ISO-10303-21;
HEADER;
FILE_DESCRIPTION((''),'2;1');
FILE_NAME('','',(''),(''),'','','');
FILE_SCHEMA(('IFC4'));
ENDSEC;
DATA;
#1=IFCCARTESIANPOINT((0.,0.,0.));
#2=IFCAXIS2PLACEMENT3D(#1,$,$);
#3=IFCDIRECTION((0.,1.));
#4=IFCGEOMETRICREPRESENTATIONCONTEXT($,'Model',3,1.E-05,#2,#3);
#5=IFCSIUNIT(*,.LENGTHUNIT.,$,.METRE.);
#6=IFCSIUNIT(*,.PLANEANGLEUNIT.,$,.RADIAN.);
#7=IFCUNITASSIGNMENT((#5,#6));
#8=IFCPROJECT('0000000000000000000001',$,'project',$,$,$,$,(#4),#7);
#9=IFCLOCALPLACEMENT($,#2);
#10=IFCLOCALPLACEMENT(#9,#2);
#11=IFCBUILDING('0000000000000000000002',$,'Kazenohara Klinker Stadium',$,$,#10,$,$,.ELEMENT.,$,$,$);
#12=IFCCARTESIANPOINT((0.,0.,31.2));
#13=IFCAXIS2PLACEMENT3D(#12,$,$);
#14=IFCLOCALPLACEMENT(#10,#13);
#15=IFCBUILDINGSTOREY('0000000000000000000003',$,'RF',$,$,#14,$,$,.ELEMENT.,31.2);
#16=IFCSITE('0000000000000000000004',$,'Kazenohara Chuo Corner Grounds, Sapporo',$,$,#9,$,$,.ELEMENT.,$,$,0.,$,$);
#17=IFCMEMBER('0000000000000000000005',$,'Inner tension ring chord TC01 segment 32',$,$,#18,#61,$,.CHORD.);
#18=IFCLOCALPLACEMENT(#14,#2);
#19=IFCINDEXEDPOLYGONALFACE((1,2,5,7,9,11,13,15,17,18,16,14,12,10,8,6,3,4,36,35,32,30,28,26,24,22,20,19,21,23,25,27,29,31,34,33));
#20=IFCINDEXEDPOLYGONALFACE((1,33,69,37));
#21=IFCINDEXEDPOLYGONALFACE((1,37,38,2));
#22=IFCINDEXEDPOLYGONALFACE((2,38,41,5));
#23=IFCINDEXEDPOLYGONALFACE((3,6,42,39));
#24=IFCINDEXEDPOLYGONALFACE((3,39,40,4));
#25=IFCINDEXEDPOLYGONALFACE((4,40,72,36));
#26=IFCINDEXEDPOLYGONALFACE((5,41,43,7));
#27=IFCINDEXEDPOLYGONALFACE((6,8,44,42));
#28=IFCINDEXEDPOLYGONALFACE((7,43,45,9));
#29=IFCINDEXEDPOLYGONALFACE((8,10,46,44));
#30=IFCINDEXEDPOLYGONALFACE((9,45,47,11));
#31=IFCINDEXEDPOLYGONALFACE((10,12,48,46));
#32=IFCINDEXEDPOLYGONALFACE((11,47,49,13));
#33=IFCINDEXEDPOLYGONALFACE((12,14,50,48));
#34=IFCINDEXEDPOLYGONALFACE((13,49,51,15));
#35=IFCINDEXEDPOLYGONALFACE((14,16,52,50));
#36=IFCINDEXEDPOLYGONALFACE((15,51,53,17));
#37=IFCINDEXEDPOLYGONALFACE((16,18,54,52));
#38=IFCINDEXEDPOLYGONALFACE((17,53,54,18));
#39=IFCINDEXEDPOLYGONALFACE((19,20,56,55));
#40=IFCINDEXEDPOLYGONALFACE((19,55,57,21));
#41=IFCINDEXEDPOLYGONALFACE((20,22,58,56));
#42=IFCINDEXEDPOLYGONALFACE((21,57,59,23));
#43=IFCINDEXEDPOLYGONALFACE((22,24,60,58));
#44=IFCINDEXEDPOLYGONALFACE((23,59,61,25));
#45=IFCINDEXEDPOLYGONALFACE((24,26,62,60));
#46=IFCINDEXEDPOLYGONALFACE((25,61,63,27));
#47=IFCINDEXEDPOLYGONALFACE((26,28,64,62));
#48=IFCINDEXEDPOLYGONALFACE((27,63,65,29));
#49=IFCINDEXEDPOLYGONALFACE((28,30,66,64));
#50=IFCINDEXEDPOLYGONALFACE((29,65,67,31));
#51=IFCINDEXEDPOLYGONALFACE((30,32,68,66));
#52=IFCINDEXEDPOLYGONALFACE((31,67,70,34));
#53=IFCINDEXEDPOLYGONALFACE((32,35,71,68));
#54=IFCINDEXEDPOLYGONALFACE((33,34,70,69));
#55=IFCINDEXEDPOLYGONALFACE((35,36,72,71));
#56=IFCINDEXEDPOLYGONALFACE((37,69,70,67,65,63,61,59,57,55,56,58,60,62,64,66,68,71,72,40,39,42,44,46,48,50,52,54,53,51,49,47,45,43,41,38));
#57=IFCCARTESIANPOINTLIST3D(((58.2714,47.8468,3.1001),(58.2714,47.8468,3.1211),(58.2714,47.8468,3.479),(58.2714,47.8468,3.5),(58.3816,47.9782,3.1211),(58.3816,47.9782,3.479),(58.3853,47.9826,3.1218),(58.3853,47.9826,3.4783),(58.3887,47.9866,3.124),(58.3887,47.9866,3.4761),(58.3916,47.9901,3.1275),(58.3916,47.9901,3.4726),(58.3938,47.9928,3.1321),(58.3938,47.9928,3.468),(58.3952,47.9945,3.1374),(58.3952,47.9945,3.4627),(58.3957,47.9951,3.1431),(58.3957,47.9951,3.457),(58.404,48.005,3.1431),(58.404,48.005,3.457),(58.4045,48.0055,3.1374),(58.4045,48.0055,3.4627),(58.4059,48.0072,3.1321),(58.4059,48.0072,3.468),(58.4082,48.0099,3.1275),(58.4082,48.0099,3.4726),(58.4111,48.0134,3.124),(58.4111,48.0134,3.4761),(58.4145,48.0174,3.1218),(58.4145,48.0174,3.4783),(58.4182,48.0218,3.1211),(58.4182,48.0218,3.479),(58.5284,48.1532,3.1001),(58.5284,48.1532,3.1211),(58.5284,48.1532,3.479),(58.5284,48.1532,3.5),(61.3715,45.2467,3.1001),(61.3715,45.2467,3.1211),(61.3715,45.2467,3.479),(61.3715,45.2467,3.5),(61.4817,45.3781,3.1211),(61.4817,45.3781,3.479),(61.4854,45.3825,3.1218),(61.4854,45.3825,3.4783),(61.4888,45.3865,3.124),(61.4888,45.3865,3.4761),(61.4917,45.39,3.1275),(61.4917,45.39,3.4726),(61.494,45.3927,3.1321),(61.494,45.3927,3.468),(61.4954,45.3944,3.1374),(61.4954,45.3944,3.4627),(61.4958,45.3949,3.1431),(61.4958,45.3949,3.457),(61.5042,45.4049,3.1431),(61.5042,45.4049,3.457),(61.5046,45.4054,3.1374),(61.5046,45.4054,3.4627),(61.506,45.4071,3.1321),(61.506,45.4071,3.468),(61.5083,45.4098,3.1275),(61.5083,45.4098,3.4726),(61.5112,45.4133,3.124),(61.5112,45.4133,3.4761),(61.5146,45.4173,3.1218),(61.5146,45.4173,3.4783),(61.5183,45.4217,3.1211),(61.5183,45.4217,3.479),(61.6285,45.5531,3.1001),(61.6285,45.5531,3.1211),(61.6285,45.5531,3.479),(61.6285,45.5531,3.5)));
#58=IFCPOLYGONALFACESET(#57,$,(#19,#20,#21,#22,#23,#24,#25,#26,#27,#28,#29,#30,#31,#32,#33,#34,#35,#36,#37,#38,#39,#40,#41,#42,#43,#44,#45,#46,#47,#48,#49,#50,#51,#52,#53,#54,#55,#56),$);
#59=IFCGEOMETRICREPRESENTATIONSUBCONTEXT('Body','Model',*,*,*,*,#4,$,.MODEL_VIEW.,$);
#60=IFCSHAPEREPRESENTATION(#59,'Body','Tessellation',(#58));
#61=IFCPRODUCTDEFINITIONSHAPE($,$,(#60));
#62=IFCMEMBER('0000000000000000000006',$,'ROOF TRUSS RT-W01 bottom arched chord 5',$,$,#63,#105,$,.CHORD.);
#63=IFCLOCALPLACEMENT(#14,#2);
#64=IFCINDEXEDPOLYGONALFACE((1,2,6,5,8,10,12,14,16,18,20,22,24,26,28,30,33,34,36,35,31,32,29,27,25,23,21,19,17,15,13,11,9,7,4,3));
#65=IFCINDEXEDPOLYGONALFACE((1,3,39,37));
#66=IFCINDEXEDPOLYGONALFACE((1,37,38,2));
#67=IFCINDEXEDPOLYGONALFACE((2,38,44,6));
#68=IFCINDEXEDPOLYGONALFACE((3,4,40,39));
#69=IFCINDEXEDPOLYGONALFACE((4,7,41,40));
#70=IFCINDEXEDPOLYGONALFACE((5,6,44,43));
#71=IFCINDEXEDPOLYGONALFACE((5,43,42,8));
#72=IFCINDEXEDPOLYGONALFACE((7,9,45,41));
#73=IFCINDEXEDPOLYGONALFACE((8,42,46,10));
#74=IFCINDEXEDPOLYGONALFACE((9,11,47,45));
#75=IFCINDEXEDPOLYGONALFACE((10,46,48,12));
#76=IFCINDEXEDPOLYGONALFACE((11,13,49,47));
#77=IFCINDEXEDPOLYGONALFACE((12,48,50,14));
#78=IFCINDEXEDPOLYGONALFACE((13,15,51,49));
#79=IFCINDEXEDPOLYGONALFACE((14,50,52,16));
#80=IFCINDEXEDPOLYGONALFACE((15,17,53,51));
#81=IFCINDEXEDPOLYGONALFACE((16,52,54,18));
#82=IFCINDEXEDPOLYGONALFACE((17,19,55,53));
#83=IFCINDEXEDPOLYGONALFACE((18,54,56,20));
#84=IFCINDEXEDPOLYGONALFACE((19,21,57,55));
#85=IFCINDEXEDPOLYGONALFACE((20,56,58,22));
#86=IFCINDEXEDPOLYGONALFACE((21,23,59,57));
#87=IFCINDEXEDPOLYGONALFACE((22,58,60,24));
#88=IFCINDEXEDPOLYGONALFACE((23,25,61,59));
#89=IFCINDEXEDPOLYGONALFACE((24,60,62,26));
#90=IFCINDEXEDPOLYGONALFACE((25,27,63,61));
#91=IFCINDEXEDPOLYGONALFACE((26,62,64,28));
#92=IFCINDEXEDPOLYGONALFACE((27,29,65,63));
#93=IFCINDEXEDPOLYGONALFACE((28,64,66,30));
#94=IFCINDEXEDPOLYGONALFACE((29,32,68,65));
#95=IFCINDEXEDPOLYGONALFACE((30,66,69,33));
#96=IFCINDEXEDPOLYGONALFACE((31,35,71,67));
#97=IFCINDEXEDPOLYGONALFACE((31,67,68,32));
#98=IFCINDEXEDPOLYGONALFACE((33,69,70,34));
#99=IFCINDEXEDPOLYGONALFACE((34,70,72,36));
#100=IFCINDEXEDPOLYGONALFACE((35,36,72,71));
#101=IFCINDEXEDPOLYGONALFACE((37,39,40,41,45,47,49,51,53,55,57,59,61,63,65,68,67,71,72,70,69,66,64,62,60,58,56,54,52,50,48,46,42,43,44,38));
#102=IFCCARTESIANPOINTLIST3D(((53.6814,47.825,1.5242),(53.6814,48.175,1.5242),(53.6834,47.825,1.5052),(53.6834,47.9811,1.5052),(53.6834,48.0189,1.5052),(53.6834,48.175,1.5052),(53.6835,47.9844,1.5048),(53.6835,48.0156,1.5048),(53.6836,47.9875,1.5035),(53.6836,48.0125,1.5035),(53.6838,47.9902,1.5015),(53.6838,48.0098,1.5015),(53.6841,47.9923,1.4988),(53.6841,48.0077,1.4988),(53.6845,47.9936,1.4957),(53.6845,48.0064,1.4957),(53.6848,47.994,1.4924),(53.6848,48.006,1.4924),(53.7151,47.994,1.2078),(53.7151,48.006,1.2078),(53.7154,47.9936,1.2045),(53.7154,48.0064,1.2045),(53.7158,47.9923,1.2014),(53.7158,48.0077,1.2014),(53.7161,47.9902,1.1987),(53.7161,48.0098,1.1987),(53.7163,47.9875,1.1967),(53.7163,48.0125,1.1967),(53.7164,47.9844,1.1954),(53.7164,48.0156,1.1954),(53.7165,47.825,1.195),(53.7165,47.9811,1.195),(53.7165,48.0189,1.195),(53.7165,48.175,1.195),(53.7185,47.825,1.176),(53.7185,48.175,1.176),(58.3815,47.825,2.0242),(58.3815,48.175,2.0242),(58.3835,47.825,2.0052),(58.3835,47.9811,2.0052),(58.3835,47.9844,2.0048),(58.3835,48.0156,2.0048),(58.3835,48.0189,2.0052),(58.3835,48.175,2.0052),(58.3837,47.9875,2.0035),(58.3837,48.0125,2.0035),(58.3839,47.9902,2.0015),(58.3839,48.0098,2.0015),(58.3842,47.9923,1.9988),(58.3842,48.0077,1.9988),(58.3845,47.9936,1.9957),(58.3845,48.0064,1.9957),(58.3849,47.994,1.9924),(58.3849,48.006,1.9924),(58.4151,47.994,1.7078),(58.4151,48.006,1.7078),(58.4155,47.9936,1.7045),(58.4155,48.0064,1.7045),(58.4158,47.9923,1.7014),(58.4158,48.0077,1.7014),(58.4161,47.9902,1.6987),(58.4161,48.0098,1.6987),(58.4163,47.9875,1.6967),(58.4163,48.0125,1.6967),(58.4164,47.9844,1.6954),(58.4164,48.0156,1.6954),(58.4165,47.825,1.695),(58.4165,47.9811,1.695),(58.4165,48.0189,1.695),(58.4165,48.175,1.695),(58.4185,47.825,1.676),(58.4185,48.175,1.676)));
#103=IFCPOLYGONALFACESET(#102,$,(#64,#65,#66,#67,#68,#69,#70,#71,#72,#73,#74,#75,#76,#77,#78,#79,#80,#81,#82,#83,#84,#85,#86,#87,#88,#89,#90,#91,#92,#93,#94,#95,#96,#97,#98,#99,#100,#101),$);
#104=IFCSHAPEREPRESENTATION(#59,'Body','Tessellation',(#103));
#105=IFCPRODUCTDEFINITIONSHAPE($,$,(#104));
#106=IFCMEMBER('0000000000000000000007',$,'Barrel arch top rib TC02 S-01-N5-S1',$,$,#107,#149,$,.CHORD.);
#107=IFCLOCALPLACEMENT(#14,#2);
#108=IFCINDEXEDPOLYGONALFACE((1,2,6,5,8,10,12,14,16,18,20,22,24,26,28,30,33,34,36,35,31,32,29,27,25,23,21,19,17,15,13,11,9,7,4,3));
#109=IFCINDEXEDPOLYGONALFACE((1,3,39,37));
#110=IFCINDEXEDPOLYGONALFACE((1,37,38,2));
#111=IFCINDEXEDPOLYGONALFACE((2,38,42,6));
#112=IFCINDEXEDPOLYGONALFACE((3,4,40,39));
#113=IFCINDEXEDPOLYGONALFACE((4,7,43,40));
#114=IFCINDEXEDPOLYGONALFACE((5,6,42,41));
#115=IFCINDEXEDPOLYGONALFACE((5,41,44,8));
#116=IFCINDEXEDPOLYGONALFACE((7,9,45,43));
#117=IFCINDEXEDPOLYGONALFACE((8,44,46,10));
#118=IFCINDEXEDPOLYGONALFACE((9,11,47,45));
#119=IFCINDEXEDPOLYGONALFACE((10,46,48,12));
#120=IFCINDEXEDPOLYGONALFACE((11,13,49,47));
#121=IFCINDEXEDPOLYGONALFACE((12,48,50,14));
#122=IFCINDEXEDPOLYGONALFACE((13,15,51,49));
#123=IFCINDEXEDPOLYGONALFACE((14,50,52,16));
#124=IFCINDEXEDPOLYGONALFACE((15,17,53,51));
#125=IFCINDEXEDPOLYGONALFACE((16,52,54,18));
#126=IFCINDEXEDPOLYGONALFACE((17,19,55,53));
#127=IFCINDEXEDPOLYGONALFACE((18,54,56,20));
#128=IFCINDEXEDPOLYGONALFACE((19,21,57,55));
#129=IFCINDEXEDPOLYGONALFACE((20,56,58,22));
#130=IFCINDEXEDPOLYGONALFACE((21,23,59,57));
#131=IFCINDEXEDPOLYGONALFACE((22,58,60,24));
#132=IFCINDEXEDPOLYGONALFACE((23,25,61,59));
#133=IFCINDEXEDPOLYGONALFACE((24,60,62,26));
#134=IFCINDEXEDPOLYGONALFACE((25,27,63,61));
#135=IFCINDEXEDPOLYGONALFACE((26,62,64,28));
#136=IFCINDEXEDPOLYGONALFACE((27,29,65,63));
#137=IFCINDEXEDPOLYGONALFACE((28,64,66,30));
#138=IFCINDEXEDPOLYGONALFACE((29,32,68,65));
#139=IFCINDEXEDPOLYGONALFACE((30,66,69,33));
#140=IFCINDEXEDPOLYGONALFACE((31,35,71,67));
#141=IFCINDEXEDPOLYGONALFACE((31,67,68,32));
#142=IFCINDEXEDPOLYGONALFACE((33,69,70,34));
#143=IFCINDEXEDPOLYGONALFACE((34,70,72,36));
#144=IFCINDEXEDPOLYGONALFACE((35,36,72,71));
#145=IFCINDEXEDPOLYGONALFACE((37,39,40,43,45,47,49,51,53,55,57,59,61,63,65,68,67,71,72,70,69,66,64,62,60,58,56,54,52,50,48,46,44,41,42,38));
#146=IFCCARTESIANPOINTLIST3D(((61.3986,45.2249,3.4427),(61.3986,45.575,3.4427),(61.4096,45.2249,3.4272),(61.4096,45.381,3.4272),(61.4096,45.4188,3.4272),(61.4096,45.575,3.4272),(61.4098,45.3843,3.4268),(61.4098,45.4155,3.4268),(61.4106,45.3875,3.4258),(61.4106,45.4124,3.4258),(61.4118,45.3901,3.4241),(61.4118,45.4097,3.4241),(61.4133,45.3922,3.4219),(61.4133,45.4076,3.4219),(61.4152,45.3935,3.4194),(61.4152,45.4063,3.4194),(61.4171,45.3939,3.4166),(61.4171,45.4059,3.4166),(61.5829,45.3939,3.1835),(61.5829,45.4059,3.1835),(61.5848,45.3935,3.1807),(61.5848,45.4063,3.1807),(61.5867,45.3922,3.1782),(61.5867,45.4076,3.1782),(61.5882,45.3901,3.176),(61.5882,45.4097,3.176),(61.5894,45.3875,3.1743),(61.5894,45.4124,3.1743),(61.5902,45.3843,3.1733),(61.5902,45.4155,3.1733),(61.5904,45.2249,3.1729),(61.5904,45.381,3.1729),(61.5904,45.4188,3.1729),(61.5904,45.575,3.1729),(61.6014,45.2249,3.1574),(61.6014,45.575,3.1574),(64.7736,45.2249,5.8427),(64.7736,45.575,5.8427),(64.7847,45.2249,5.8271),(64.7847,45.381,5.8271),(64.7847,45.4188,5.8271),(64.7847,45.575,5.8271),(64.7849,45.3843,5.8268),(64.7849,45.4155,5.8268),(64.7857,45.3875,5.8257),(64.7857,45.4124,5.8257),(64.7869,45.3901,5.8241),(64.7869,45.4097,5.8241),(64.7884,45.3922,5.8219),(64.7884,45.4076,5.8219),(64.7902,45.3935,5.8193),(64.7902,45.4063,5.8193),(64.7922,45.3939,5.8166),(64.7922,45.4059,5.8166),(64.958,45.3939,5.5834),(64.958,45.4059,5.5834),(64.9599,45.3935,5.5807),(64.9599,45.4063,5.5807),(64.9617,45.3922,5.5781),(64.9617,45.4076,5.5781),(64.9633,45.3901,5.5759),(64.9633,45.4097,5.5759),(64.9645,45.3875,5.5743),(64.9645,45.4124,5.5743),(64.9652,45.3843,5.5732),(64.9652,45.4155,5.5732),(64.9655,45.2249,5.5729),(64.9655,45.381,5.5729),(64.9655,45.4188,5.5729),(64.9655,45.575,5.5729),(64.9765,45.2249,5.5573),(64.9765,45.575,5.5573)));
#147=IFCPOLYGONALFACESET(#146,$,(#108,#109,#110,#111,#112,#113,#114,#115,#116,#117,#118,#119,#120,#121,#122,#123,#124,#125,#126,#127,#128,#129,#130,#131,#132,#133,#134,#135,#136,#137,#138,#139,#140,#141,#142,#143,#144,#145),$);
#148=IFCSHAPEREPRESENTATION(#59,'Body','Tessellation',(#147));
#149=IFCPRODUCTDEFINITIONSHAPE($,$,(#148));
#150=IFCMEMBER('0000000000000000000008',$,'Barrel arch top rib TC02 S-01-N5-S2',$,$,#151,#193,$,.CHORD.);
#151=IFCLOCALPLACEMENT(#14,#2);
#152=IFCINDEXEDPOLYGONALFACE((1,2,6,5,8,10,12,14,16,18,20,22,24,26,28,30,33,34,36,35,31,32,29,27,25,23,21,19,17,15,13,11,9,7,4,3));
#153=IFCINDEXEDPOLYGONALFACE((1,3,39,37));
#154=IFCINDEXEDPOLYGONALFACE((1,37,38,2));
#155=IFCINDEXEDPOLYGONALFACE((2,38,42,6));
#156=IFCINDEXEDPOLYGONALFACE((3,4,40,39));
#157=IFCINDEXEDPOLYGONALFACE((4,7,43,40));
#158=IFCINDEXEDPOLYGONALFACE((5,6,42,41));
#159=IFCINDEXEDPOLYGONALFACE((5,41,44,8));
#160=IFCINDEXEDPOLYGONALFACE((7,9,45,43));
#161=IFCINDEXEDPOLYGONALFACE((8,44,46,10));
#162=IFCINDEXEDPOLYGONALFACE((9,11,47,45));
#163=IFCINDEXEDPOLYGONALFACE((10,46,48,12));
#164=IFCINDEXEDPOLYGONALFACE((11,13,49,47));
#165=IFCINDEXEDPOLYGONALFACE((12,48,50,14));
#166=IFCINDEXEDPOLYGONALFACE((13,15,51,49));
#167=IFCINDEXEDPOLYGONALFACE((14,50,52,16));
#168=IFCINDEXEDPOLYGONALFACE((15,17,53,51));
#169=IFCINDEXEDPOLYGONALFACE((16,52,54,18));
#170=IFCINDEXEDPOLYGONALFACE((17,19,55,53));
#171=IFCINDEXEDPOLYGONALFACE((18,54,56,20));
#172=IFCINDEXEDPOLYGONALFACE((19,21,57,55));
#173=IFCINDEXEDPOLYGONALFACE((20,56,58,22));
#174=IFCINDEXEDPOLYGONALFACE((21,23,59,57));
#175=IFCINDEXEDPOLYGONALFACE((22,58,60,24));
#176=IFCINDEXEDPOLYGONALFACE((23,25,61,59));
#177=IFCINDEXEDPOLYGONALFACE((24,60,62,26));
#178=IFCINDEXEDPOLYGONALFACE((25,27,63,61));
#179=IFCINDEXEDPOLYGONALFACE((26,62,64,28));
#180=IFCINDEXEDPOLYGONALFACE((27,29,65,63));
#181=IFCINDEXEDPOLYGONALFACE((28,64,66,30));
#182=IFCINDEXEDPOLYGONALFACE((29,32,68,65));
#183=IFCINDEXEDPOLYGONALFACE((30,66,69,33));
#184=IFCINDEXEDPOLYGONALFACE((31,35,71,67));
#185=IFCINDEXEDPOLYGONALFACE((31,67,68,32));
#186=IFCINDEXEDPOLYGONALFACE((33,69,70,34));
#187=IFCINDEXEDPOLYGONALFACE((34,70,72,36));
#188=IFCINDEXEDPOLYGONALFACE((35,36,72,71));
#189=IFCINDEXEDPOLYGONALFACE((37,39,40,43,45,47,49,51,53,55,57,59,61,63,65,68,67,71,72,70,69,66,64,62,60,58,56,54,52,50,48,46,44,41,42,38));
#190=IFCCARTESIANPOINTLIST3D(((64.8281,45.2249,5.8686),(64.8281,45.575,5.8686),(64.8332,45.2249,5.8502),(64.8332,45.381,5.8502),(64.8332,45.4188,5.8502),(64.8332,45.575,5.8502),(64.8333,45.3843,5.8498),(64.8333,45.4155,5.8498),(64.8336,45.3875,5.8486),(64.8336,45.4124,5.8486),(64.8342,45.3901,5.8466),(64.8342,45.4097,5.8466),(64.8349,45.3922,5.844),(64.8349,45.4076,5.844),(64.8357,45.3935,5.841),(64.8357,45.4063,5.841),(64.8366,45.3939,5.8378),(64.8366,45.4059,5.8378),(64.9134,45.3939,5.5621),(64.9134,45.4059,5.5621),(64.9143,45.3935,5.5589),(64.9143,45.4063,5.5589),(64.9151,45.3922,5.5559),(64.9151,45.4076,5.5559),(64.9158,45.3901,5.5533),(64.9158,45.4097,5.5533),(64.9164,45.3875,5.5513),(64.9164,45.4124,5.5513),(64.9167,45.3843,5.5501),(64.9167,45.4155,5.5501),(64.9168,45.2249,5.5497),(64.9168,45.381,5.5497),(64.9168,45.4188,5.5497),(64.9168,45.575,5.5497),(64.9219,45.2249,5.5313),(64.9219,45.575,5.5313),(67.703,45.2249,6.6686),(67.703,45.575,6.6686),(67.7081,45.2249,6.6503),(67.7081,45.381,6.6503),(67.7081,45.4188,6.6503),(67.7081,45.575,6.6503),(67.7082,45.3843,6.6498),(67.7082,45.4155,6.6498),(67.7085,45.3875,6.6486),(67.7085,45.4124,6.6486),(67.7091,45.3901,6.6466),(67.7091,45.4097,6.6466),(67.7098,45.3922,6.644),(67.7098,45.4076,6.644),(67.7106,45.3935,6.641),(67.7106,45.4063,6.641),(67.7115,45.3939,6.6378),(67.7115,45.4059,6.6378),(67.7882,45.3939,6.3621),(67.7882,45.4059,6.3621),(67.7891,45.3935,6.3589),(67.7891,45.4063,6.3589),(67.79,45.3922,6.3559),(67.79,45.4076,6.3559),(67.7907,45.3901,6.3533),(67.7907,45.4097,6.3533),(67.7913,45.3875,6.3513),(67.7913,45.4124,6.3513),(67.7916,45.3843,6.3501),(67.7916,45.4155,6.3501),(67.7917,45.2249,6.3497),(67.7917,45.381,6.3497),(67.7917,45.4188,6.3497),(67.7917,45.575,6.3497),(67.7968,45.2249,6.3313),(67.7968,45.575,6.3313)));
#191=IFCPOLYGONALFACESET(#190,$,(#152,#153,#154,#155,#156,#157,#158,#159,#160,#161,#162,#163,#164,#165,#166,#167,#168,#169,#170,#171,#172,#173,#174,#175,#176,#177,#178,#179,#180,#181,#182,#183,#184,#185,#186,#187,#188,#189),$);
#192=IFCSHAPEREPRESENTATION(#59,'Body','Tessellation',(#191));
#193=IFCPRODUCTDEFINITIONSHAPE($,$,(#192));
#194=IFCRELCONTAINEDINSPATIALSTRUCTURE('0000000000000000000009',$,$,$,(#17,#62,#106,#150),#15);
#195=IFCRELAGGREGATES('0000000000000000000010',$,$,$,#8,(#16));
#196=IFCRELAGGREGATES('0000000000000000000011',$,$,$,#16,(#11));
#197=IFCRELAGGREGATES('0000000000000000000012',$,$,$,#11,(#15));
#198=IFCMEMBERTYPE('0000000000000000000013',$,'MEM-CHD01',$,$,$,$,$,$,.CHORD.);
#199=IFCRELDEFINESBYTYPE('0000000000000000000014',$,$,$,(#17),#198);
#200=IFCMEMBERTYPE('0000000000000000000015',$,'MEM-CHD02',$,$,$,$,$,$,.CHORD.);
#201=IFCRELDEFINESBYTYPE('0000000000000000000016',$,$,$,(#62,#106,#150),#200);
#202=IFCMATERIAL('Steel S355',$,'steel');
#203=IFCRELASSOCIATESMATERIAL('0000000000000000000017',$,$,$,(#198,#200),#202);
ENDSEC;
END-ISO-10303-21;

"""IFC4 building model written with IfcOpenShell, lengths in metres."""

from ifc_helpers import new_model, si_unit, direction, frame, origin, origin_2d, place, context, subcontext, project, spatial, i_section, extrude, material, material_profile, profile_set, type_object, element, save


model = new_model("IFC4")

# Units and contexts
model_context = context("Model", 3, precision=1e-05, world=origin(), true_north=direction((0.0, 1.0)))
body_context = subcontext(model_context, "Body", "Model", "MODEL_VIEW")
ifc_project = project(units=[si_unit("LENGTHUNIT", "METRE"), si_unit("PLANEANGLEUNIT", "RADIAN")], contexts=[model_context])

# Site, building, storey
site_placement = place(None, origin())
site = spatial("IfcSite", under=ifc_project, at=site_placement, Name="Kazenohara Chuo Corner Grounds, Sapporo", CompositionType="ELEMENT", RefElevation=0.0)
building_placement = place(site_placement, origin())
building = spatial("IfcBuilding", under=site, at=building_placement, Name="Kazenohara Klinker Stadium", CompositionType="ELEMENT")
storey_placement = place(building_placement, frame((0.0, 0.0, 31.2)))
storey = spatial("IfcBuildingStorey", under=building, at=storey_placement, Name="RF", CompositionType="ELEMENT", Elevation=31.2)

# Members
ifc_material = material(Name="Steel S355", Category="steel")
ifc_material_profile_1 = material_profile(ifc_material, i_section(OverallWidth=0.3999, OverallDepth=0.3999, WebThickness=0.0129, FlangeThickness=0.021, FilletRadius=0.022, at=origin_2d()), Name="H-400x400x13x21")
ifc_profile_set_1 = profile_set([ifc_material_profile_1], Name="Steel S355")
member_type_1 = type_object("IfcMemberType", Name="MEM-CHD01", PredefinedType="CHORD", material=ifc_profile_set_1)
member_1_placement = place(storey_placement, frame((61.5, 45.3999, 3.3), z_axis=(-0.76619, 0.642615, 0.0), x_axis=(-0.642615, -0.76619, 0.0)))
element("IfcMember", 1, at=member_1_placement, inside=storey, type_object=member_type_1, Name="Inner tension ring chord TC01 segment 32", PredefinedType="CHORD", context=body_context, shape_type="SweptSolid", body=[
    extrude(i_section(OverallWidth=0.3999, OverallDepth=0.3999, WebThickness=0.0129, FlangeThickness=0.021, FilletRadius=0.022, at=origin_2d()), origin(), (0.0, 0.0, 1.0), 4.0461),
])
ifc_material_profile_2 = material_profile(ifc_material, i_section(OverallWidth=0.3501, OverallDepth=0.3501, WebThickness=0.012, FlangeThickness=0.019, FilletRadius=0.0129, at=origin_2d()), Name="H-350x350x12x19")
ifc_profile_set_2 = profile_set([ifc_material_profile_2], Name="Steel S355")
member_type_2 = type_object("IfcMemberType", Name="MEM-CHD02", PredefinedType="CHORD", material=ifc_profile_set_2)
member_2_placement = place(storey_placement, frame((53.7, 48.0, 1.3501), z_axis=(0.994389, 0.0, 0.105787), x_axis=(0.0, 1.0, 0.0)))
element("IfcMember", 2, at=member_2_placement, inside=storey, type_object=member_type_2, Name="ROOF TRUSS RT-W01 bottom arched chord 5", PredefinedType="CHORD", context=body_context, shape_type="SweptSolid", body=[
    extrude(i_section(OverallWidth=0.3501, OverallDepth=0.3501, WebThickness=0.012, FlangeThickness=0.019, FilletRadius=0.0129, at=origin_2d()), origin(), (0.0, 0.0, 1.0), 4.7266),
])
member_3_placement = place(storey_placement, frame((61.5, 45.3999, 3.3), z_axis=(0.814966, 0.0, 0.579508), x_axis=(0.0, 1.0, 0.0)))
element("IfcMember", 3, at=member_3_placement, inside=storey, type_object=member_type_2, Name="Barrel arch top rib TC02 S-01-N5-S1", PredefinedType="CHORD", context=body_context, shape_type="SweptSolid", body=[
    extrude(i_section(OverallWidth=0.3501, OverallDepth=0.3501, WebThickness=0.012, FlangeThickness=0.019, FilletRadius=0.0129, at=origin_2d()), origin(), (0.0, 0.0, 1.0), 4.1414),
])
for number, where, z_axis, x_axis, name in (
    (4, (64.875, 45.3999, 5.7), (0.963394, 0.0, 0.268091), (0.0, 1.0, 0.0), "Barrel arch top rib TC02 S-01-N5-S2"),
):
    element("IfcMember", number, at=place(storey_placement, frame(where, z_axis=z_axis, x_axis=x_axis)), inside=storey, type_object=member_type_2, Name=name, PredefinedType="CHORD", context=body_context, shape_type="SweptSolid", body=[
        extrude(i_section(OverallWidth=0.3501, OverallDepth=0.3501, WebThickness=0.012, FlangeThickness=0.019, FilletRadius=0.0129, at=origin_2d()), origin(), (0.0, 0.0, 1.0), 2.9841),
    ])

save(model, "model.ifc")
